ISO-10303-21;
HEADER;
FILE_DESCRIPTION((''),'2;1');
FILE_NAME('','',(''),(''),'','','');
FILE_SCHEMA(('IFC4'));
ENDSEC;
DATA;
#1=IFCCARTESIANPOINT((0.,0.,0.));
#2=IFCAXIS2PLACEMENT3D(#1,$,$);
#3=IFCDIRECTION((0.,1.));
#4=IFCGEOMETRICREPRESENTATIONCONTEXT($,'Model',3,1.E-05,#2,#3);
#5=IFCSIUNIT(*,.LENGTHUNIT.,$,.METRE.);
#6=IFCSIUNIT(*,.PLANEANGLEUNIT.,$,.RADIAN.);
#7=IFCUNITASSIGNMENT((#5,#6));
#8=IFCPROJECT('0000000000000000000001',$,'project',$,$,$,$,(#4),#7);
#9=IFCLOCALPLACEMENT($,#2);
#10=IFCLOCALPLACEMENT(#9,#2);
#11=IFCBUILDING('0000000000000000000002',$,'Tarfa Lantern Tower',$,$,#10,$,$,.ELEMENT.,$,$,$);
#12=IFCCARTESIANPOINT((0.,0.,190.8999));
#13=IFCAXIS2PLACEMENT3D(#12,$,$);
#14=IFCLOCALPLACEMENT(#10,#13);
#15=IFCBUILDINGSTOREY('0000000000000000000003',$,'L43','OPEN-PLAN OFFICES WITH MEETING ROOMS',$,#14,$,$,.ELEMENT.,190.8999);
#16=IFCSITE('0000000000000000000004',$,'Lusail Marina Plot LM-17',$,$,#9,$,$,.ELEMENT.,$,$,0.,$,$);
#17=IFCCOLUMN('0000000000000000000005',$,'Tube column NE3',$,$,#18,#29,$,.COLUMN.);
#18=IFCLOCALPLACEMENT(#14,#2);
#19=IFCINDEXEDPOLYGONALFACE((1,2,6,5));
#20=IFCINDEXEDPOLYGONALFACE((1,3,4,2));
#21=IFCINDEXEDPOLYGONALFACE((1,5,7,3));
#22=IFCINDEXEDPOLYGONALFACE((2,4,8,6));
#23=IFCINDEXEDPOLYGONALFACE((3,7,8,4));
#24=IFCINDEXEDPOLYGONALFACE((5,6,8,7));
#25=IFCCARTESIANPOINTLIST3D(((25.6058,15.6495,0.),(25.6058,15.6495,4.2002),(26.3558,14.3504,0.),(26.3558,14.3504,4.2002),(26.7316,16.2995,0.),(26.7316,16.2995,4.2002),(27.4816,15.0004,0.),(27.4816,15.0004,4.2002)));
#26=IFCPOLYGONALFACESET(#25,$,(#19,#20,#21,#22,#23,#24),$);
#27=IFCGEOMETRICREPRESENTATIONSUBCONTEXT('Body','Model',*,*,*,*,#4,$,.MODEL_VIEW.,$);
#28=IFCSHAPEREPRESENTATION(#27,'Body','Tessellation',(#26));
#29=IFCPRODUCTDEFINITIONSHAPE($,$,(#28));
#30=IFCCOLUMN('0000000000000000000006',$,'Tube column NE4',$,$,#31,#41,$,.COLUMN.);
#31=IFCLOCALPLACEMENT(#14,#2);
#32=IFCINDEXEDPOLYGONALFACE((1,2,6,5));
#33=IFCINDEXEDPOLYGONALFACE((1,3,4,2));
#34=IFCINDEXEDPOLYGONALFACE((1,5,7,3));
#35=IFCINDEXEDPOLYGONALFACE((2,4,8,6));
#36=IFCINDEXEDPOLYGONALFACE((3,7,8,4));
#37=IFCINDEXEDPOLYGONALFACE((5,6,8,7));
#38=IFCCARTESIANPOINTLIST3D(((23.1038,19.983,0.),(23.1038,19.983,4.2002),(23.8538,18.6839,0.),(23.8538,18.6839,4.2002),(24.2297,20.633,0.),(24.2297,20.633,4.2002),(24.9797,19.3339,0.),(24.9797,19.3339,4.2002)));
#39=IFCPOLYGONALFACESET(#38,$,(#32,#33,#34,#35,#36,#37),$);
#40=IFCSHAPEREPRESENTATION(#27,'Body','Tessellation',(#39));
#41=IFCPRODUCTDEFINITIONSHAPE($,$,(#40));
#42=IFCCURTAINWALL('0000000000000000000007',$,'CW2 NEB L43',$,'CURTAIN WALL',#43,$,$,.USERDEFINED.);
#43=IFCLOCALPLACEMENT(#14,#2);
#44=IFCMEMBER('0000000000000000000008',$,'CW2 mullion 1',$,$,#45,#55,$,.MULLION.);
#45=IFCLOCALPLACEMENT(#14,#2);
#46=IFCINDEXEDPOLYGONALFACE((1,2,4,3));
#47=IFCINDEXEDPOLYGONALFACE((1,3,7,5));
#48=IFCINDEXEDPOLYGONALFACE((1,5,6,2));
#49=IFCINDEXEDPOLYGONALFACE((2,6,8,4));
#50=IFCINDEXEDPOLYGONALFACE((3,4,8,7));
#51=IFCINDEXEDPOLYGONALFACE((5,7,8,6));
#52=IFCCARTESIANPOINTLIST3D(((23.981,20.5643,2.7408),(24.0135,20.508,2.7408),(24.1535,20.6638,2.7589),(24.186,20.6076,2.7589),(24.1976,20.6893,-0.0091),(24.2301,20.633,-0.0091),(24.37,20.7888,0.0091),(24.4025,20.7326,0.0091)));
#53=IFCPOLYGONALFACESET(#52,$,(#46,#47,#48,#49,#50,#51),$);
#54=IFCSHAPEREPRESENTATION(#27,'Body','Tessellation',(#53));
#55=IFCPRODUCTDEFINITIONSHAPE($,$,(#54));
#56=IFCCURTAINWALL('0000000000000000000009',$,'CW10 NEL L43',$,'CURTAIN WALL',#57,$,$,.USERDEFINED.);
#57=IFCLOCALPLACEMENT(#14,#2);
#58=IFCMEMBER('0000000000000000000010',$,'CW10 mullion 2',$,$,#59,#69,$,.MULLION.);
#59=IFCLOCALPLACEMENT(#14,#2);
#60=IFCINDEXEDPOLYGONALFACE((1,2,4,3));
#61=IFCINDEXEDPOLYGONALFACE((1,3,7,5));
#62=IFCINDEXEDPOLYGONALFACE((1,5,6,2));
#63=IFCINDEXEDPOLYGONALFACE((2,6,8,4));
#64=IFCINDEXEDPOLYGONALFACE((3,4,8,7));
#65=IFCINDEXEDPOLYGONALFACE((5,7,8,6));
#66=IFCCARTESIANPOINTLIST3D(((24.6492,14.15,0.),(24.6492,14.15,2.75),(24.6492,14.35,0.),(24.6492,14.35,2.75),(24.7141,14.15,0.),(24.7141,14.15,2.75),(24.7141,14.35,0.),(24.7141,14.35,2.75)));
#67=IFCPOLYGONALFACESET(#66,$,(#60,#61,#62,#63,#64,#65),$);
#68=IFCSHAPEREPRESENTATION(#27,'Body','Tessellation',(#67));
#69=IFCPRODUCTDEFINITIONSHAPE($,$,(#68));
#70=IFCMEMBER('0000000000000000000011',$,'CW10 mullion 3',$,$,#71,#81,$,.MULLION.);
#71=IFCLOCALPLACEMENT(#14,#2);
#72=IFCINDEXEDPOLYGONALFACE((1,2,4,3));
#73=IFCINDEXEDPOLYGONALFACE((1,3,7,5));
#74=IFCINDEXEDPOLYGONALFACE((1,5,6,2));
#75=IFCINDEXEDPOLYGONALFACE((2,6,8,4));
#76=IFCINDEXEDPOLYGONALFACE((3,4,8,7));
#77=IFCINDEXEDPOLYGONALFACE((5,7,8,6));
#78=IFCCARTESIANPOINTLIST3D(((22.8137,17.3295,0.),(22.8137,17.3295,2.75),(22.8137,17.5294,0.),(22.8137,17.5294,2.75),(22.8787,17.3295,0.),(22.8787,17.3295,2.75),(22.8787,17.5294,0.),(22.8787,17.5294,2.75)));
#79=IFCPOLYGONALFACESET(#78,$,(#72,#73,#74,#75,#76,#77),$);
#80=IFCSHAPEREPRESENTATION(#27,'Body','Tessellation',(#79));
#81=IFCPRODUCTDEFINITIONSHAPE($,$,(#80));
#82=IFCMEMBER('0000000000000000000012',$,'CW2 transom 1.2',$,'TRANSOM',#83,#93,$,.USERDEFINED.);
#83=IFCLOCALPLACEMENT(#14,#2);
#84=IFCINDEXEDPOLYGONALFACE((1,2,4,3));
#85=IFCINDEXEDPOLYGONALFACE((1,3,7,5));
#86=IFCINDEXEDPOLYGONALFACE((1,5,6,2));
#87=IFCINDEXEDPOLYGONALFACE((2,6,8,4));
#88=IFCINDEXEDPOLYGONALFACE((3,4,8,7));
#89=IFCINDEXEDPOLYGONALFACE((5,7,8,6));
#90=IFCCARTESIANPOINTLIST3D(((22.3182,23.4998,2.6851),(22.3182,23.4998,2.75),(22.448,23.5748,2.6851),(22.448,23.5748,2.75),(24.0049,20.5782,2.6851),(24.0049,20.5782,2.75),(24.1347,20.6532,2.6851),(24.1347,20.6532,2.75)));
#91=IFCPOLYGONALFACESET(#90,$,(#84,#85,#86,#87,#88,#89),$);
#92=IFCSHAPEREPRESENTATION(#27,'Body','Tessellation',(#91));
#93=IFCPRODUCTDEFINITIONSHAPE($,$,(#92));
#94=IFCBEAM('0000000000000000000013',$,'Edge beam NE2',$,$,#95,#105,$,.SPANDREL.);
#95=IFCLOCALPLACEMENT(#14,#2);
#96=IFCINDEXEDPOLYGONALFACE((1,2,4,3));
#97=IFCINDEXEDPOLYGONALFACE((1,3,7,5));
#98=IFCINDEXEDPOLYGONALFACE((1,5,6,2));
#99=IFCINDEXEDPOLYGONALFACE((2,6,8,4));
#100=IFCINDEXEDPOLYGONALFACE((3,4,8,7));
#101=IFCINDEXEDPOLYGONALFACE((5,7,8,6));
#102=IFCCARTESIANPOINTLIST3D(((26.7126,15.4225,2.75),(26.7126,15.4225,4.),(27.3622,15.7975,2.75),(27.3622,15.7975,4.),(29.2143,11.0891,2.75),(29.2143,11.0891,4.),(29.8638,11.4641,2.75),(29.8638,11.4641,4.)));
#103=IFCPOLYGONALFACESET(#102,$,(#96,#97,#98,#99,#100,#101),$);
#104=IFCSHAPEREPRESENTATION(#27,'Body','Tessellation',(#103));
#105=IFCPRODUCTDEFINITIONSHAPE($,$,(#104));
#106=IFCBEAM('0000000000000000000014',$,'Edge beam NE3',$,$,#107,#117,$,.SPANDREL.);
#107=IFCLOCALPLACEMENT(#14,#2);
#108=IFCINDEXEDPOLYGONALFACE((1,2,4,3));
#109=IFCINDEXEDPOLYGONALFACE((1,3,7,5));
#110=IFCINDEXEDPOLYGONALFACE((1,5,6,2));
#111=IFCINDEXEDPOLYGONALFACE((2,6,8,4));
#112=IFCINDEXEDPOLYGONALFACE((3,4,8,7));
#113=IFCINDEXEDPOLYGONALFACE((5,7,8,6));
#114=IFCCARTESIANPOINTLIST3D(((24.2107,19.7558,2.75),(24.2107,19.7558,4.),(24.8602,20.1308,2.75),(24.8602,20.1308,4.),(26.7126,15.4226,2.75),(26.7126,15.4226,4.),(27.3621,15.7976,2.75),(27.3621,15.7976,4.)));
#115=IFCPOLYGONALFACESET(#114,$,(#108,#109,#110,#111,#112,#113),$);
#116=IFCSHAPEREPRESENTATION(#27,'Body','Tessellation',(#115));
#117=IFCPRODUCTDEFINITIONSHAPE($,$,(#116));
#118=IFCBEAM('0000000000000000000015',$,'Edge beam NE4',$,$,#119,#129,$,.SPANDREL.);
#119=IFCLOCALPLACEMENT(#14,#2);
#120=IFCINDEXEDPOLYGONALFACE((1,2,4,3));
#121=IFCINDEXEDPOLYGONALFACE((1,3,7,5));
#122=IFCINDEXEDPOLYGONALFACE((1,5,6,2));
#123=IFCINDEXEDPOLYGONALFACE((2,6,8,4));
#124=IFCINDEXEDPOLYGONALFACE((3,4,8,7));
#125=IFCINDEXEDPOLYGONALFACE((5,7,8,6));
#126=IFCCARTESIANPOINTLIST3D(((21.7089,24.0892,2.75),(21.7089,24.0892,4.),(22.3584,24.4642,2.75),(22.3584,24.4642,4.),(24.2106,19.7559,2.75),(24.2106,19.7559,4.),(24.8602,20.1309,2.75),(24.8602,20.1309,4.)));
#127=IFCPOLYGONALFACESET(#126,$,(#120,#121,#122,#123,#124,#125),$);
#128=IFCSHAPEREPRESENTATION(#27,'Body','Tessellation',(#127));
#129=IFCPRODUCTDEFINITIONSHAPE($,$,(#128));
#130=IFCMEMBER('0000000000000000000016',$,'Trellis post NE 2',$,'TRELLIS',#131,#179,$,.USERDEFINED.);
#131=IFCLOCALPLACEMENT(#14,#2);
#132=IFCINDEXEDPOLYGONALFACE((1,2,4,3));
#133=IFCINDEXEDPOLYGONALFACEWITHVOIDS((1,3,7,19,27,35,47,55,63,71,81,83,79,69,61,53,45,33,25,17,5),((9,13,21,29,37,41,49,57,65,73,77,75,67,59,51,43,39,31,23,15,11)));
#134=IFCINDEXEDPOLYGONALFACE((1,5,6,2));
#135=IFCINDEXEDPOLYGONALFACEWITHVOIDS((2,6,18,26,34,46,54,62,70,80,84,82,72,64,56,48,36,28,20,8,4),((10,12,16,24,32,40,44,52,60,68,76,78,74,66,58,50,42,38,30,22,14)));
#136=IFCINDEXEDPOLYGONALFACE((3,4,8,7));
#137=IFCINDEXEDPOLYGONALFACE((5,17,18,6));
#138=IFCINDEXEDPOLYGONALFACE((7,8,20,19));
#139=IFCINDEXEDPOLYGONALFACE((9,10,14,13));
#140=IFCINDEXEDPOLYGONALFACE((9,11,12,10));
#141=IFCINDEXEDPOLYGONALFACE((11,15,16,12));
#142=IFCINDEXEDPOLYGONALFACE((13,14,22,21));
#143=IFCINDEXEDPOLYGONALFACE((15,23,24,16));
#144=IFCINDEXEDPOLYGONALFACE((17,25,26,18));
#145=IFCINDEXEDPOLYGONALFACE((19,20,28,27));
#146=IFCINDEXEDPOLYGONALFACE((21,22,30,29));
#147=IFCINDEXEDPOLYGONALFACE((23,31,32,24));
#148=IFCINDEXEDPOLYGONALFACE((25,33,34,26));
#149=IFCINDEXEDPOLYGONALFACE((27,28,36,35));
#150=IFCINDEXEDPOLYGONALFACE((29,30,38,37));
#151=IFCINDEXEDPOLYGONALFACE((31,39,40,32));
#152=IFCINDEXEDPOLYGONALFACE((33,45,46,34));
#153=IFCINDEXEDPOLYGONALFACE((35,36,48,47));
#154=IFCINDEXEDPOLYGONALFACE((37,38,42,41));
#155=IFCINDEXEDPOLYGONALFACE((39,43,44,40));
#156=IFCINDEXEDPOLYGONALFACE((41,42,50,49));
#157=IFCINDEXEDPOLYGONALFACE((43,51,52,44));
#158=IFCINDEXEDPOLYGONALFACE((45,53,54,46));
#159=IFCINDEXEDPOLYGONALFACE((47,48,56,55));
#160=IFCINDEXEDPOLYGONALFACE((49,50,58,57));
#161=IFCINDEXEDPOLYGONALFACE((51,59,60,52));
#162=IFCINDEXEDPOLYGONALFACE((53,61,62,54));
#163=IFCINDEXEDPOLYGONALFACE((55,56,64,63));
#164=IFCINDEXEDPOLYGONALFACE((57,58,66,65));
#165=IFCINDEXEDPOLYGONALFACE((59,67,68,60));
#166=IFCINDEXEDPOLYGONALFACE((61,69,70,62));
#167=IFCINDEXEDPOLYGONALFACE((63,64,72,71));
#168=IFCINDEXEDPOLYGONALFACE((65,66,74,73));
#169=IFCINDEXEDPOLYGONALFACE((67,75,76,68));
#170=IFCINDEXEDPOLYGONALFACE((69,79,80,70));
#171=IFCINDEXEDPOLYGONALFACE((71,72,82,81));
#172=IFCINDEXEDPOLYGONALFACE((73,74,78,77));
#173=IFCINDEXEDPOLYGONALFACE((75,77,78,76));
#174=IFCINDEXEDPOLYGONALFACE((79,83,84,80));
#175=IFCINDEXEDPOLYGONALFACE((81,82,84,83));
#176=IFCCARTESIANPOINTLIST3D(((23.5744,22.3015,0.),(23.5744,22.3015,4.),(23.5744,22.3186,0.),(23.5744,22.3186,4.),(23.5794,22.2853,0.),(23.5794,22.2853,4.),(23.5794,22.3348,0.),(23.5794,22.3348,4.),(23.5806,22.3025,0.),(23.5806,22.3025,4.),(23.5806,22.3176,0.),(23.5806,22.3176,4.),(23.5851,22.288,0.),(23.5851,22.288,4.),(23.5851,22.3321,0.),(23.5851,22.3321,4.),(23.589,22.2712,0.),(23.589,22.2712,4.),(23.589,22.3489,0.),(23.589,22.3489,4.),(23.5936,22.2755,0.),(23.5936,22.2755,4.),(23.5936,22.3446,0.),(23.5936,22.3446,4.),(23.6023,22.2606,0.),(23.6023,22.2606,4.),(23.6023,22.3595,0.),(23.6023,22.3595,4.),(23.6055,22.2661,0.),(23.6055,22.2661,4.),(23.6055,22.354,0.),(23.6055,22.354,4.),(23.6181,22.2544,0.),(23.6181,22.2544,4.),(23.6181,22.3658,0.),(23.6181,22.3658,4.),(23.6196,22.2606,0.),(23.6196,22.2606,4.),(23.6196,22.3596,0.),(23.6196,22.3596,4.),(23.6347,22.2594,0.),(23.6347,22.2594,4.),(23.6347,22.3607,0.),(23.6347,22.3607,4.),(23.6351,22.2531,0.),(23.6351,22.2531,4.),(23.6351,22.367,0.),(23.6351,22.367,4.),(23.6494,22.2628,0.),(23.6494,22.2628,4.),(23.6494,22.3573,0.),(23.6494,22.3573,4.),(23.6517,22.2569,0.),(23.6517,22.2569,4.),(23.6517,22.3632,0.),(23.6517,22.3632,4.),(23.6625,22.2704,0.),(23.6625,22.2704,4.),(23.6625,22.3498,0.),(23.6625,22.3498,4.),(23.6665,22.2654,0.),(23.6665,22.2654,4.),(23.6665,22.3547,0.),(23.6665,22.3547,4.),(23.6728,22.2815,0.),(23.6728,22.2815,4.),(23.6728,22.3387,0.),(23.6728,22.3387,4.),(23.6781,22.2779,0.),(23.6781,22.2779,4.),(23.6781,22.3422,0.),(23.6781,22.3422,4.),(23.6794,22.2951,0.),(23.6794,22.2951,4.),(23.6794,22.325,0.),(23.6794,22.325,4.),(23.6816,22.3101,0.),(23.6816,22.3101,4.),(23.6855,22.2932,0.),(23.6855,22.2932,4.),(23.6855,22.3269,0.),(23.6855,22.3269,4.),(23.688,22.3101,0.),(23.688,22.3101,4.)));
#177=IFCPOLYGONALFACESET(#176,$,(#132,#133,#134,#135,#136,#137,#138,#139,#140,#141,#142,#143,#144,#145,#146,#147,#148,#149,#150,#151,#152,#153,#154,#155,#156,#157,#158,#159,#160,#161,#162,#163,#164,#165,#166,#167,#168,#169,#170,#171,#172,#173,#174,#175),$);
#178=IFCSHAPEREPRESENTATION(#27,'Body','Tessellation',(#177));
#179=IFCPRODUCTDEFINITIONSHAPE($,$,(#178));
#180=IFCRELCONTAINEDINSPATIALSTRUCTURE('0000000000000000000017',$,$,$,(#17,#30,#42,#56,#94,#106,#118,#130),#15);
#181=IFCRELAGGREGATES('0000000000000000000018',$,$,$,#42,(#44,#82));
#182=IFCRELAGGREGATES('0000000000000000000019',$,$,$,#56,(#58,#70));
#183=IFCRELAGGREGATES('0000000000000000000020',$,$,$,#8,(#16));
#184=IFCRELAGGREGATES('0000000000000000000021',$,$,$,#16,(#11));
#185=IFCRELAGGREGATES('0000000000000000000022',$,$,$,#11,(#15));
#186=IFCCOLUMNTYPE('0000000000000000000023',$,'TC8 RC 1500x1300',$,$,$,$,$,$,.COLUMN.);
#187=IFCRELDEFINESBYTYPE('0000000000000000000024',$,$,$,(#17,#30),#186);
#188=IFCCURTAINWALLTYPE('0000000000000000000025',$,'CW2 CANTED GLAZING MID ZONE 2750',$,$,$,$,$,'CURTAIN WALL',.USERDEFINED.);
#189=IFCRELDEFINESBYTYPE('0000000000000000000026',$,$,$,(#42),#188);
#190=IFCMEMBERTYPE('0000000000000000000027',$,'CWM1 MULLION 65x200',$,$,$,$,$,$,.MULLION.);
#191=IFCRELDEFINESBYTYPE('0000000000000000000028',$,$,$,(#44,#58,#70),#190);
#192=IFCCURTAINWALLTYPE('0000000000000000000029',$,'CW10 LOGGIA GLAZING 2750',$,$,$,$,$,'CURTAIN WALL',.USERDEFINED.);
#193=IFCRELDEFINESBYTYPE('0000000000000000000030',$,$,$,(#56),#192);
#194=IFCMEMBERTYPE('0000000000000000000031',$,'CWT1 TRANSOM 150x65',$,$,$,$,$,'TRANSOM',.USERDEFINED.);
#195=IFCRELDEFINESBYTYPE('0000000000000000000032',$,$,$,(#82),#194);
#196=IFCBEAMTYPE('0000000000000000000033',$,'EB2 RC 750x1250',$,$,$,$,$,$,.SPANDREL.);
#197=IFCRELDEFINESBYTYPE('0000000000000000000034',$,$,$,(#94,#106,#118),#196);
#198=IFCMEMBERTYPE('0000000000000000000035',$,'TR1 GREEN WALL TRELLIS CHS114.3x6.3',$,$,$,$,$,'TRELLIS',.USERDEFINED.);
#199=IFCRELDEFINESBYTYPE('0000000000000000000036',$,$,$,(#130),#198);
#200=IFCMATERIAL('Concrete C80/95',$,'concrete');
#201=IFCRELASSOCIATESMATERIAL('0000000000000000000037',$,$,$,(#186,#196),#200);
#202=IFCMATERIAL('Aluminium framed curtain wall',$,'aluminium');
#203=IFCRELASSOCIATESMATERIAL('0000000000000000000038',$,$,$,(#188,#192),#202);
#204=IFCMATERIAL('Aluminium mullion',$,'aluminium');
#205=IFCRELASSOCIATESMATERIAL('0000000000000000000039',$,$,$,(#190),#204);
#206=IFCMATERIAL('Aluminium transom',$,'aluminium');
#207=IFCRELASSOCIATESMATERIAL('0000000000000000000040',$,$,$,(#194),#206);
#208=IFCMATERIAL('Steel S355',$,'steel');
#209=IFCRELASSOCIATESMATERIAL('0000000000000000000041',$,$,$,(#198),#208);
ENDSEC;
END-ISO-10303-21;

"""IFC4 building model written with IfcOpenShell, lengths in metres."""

from ifc_helpers import new_model, si_unit, direction, frame, origin, origin_2d, place, context, subcontext, project, spatial, rectangle, hollow_circle, extrude, material, material_profile, profile_set, type_object, element, aggregate, save


model = new_model("IFC4")

# Units and contexts
model_context = context("Model", 3, precision=1e-05, world=origin(), true_north=direction((0.0, 1.0)))
body_context = subcontext(model_context, "Body", "Model", "MODEL_VIEW")
ifc_project = project(units=[si_unit("LENGTHUNIT", "METRE"), si_unit("PLANEANGLEUNIT", "RADIAN")], contexts=[model_context])

# Site, building, storey
site_placement = place(None, origin())
site = spatial("IfcSite", under=ifc_project, at=site_placement, Name="Lusail Marina Plot LM-17", CompositionType="ELEMENT", RefElevation=0.0)
building_placement = place(site_placement, origin())
building = spatial("IfcBuilding", under=site, at=building_placement, Name="Tarfa Lantern Tower", CompositionType="ELEMENT")
storey_placement = place(building_placement, frame((0.0, 0.0, 190.8999)))
storey = spatial("IfcBuildingStorey", under=building, at=storey_placement, Name="L43", Description="OPEN-PLAN OFFICES WITH MEETING ROOMS", CompositionType="ELEMENT", Elevation=190.8999)

# Columns
ifc_material_1 = material(Name="Concrete C80/95", Category="concrete")
ifc_material_profile_1 = material_profile(ifc_material_1, rectangle(XDim=1.5, YDim=1.3, at=origin_2d()), Name="RC 1500x1300")
ifc_profile_set_1 = profile_set([ifc_material_profile_1], Name="Concrete C80/95")
column_type = type_object("IfcColumnType", Name="TC8 RC 1500x1300", PredefinedType="COLUMN", material=ifc_profile_set_1)
for number, where, z_axis, x_axis, name in (
    (1, (26.5437, 15.325, 0.0), (0.0, 0.0, 1.0), (-0.5, 0.866025, 0.0), "Tube column NE3"),
    (2, (24.0417, 19.6584, 0.0), (0.0, 0.0, 1.0), (-0.5, 0.866025, 0.0), "Tube column NE4"),
):
    element("IfcColumn", number, at=place(storey_placement, frame(where, z_axis=z_axis, x_axis=x_axis)), inside=storey, type_object=column_type, Name=name, PredefinedType="COLUMN", context=body_context, shape_type="SweptSolid", body=[
        extrude(rectangle(XDim=1.5, YDim=1.3, at=origin_2d()), origin(), (0.0, 0.0, 1.0), 4.2002),
    ])

# Curtain wall, member
ifc_material_2 = material(Name="Aluminium framed curtain wall", Category="aluminium")
curtain_wall_type_1 = type_object("IfcCurtainWallType", Name="CW2 CANTED GLAZING MID ZONE 2750", ElementType="CURTAIN WALL", PredefinedType="USERDEFINED", material=ifc_material_2)
curtain_wall_1_placement = place(storey_placement, origin())
curtain_wall_1 = element("IfcCurtainWall", 3, at=curtain_wall_1_placement, inside=storey, type_object=curtain_wall_type_1, Name="CW2 NEB L43", ObjectType="CURTAIN WALL", PredefinedType="USERDEFINED")
ifc_material_3 = material(Name="Aluminium mullion", Category="aluminium")
ifc_material_profile_2 = material_profile(ifc_material_3, rectangle(XDim=0.0649, YDim=0.2, at=origin_2d()), Name="AL MULLION 65x200")
ifc_profile_set_2 = profile_set([ifc_material_profile_2], Name="Aluminium mullion")
member_type_1 = type_object("IfcMemberType", Name="CWM1 MULLION 65x200", PredefinedType="MULLION", material=ifc_profile_set_2)
member_1_placement = place(storey_placement, frame((24.3, 20.7109, 0.0), z_axis=(-0.078423, -0.045268, 0.995892), x_axis=(0.49992, -0.866072, 0.0)))
member_1 = element("IfcMember", 4, at=member_1_placement, type_object=member_type_1, Name="CW2 mullion 1", PredefinedType="MULLION", context=body_context, shape_type="SweptSolid", body=[
    extrude(rectangle(XDim=0.0649, YDim=0.2, at=origin_2d()), origin(), (0.0, 0.0, 1.0), 2.7612),
])

# Curtain wall, members
curtain_wall_type_2 = type_object("IfcCurtainWallType", Name="CW10 LOGGIA GLAZING 2750", ElementType="CURTAIN WALL", PredefinedType="USERDEFINED", material=ifc_material_2)
curtain_wall_2_placement = place(storey_placement, origin())
curtain_wall_2 = element("IfcCurtainWall", 5, at=curtain_wall_2_placement, inside=storey, type_object=curtain_wall_type_2, Name="CW10 NEL L43", ObjectType="CURTAIN WALL", PredefinedType="USERDEFINED")
member_2_placement = place(storey_placement, frame((24.6816, 14.25, 0.0), z_axis=(0.0, 0.0, 1.0), x_axis=(1.0, 0.0, 0.0)))
member_2 = element("IfcMember", 6, at=member_2_placement, type_object=member_type_1, Name="CW10 mullion 2", PredefinedType="MULLION", context=body_context, shape_type="SweptSolid", body=[
    extrude(rectangle(XDim=0.0649, YDim=0.2, at=origin_2d()), origin(), (0.0, 0.0, 1.0), 2.75),
])
member_3_placement = place(storey_placement, frame((22.8462, 17.4294, 0.0), z_axis=(0.0, 0.0, 1.0), x_axis=(1.0, 0.0, 0.0)))
member_3 = element("IfcMember", 7, at=member_3_placement, type_object=member_type_1, Name="CW10 mullion 3", PredefinedType="MULLION", context=body_context, shape_type="SweptSolid", body=[
    extrude(rectangle(XDim=0.0649, YDim=0.2, at=origin_2d()), origin(), (0.0, 0.0, 1.0), 2.75),
])

# Member
ifc_material_4 = material(Name="Aluminium transom", Category="aluminium")
ifc_material_profile_3 = material_profile(ifc_material_4, rectangle(XDim=0.1499, YDim=0.0649, at=origin_2d()), Name="AL TRANSOM 150x65")
ifc_profile_set_3 = profile_set([ifc_material_profile_3], Name="Aluminium transom")
member_type_2 = type_object("IfcMemberType", Name="CWT1 TRANSOM 150x65", ElementType="TRANSOM", PredefinedType="USERDEFINED", material=ifc_profile_set_3)
member_4_placement = place(storey_placement, frame((24.0698, 20.6157, 2.7175), z_axis=(-0.499992, 0.86603, 0.0), x_axis=(-0.86603, -0.499992, 0.0)))
member_4 = element("IfcMember", 8, at=member_4_placement, type_object=member_type_2, Name="CW2 transom 1.2", ObjectType="TRANSOM", PredefinedType="USERDEFINED", context=body_context, shape_type="SweptSolid", body=[
    extrude(rectangle(XDim=0.1499, YDim=0.0649, at=origin_2d()), origin(), (0.0, 0.0, 1.0), 3.3735),
])

# Beams
ifc_material_profile_4 = material_profile(ifc_material_1, rectangle(XDim=0.75, YDim=1.25, at=origin_2d()), Name="RC 750x1250")
ifc_profile_set_4 = profile_set([ifc_material_profile_4], Name="Concrete C80/95")
beam_type_1 = type_object("IfcBeamType", Name="EB2 RC 750x1250", PredefinedType="SPANDREL", material=ifc_profile_set_4)
for number, where, z_axis, x_axis, name in (
    (9, (29.5391, 11.2766, 3.375), (-0.499965, 0.866046, 0.0), (-0.866046, -0.499965, 0.0), "Edge beam NE2"),
    (10, (27.0374, 15.6101, 3.375), (-0.500022, 0.866013, 0.0), (-0.866013, -0.500022, 0.0), "Edge beam NE3"),
    (11, (24.5354, 19.9434, 3.375), (-0.499986, 0.866034, 0.0), (-0.866034, -0.499986, 0.0), "Edge beam NE4"),
):
    element("IfcBeam", number, at=place(storey_placement, frame(where, z_axis=z_axis, x_axis=x_axis)), inside=storey, type_object=beam_type_1, Name=name, PredefinedType="SPANDREL", context=body_context, shape_type="SweptSolid", body=[
        extrude(rectangle(XDim=0.75, YDim=1.25, at=origin_2d()), origin(), (0.0, 0.0, 1.0), 5.0037),
    ])

# Member
ifc_material_5 = material(Name="Steel S355", Category="steel")
ifc_material_profile_5 = material_profile(ifc_material_5, hollow_circle(Radius=0.0571, WallThickness=0.0063, at=origin_2d()), Name="CHS114.3x6.3")
ifc_profile_set_5 = profile_set([ifc_material_profile_5], Name="Steel S355")
member_type_3 = type_object("IfcMemberType", Name="TR1 GREEN WALL TRELLIS CHS114.3x6.3", ElementType="TRELLIS", PredefinedType="USERDEFINED", material=ifc_profile_set_5)
member_5_placement = place(storey_placement, frame((23.6309, 22.3101, 0.0), z_axis=(0.0, 0.0, 1.0), x_axis=(1.0, 0.0, 0.0)))
element("IfcMember", 12, at=member_5_placement, inside=storey, type_object=member_type_3, Name="Trellis post NE 2", ObjectType="TRELLIS", PredefinedType="USERDEFINED", context=body_context, shape_type="SweptSolid", body=[
    extrude(hollow_circle(Radius=0.0571, WallThickness=0.0063, at=origin_2d()), origin(), (0.0, 0.0, 1.0), 4.0),
])

aggregate(curtain_wall_1, [member_1, member_4])
aggregate(curtain_wall_2, [member_2, member_3])

save(model, "model.ifc")
